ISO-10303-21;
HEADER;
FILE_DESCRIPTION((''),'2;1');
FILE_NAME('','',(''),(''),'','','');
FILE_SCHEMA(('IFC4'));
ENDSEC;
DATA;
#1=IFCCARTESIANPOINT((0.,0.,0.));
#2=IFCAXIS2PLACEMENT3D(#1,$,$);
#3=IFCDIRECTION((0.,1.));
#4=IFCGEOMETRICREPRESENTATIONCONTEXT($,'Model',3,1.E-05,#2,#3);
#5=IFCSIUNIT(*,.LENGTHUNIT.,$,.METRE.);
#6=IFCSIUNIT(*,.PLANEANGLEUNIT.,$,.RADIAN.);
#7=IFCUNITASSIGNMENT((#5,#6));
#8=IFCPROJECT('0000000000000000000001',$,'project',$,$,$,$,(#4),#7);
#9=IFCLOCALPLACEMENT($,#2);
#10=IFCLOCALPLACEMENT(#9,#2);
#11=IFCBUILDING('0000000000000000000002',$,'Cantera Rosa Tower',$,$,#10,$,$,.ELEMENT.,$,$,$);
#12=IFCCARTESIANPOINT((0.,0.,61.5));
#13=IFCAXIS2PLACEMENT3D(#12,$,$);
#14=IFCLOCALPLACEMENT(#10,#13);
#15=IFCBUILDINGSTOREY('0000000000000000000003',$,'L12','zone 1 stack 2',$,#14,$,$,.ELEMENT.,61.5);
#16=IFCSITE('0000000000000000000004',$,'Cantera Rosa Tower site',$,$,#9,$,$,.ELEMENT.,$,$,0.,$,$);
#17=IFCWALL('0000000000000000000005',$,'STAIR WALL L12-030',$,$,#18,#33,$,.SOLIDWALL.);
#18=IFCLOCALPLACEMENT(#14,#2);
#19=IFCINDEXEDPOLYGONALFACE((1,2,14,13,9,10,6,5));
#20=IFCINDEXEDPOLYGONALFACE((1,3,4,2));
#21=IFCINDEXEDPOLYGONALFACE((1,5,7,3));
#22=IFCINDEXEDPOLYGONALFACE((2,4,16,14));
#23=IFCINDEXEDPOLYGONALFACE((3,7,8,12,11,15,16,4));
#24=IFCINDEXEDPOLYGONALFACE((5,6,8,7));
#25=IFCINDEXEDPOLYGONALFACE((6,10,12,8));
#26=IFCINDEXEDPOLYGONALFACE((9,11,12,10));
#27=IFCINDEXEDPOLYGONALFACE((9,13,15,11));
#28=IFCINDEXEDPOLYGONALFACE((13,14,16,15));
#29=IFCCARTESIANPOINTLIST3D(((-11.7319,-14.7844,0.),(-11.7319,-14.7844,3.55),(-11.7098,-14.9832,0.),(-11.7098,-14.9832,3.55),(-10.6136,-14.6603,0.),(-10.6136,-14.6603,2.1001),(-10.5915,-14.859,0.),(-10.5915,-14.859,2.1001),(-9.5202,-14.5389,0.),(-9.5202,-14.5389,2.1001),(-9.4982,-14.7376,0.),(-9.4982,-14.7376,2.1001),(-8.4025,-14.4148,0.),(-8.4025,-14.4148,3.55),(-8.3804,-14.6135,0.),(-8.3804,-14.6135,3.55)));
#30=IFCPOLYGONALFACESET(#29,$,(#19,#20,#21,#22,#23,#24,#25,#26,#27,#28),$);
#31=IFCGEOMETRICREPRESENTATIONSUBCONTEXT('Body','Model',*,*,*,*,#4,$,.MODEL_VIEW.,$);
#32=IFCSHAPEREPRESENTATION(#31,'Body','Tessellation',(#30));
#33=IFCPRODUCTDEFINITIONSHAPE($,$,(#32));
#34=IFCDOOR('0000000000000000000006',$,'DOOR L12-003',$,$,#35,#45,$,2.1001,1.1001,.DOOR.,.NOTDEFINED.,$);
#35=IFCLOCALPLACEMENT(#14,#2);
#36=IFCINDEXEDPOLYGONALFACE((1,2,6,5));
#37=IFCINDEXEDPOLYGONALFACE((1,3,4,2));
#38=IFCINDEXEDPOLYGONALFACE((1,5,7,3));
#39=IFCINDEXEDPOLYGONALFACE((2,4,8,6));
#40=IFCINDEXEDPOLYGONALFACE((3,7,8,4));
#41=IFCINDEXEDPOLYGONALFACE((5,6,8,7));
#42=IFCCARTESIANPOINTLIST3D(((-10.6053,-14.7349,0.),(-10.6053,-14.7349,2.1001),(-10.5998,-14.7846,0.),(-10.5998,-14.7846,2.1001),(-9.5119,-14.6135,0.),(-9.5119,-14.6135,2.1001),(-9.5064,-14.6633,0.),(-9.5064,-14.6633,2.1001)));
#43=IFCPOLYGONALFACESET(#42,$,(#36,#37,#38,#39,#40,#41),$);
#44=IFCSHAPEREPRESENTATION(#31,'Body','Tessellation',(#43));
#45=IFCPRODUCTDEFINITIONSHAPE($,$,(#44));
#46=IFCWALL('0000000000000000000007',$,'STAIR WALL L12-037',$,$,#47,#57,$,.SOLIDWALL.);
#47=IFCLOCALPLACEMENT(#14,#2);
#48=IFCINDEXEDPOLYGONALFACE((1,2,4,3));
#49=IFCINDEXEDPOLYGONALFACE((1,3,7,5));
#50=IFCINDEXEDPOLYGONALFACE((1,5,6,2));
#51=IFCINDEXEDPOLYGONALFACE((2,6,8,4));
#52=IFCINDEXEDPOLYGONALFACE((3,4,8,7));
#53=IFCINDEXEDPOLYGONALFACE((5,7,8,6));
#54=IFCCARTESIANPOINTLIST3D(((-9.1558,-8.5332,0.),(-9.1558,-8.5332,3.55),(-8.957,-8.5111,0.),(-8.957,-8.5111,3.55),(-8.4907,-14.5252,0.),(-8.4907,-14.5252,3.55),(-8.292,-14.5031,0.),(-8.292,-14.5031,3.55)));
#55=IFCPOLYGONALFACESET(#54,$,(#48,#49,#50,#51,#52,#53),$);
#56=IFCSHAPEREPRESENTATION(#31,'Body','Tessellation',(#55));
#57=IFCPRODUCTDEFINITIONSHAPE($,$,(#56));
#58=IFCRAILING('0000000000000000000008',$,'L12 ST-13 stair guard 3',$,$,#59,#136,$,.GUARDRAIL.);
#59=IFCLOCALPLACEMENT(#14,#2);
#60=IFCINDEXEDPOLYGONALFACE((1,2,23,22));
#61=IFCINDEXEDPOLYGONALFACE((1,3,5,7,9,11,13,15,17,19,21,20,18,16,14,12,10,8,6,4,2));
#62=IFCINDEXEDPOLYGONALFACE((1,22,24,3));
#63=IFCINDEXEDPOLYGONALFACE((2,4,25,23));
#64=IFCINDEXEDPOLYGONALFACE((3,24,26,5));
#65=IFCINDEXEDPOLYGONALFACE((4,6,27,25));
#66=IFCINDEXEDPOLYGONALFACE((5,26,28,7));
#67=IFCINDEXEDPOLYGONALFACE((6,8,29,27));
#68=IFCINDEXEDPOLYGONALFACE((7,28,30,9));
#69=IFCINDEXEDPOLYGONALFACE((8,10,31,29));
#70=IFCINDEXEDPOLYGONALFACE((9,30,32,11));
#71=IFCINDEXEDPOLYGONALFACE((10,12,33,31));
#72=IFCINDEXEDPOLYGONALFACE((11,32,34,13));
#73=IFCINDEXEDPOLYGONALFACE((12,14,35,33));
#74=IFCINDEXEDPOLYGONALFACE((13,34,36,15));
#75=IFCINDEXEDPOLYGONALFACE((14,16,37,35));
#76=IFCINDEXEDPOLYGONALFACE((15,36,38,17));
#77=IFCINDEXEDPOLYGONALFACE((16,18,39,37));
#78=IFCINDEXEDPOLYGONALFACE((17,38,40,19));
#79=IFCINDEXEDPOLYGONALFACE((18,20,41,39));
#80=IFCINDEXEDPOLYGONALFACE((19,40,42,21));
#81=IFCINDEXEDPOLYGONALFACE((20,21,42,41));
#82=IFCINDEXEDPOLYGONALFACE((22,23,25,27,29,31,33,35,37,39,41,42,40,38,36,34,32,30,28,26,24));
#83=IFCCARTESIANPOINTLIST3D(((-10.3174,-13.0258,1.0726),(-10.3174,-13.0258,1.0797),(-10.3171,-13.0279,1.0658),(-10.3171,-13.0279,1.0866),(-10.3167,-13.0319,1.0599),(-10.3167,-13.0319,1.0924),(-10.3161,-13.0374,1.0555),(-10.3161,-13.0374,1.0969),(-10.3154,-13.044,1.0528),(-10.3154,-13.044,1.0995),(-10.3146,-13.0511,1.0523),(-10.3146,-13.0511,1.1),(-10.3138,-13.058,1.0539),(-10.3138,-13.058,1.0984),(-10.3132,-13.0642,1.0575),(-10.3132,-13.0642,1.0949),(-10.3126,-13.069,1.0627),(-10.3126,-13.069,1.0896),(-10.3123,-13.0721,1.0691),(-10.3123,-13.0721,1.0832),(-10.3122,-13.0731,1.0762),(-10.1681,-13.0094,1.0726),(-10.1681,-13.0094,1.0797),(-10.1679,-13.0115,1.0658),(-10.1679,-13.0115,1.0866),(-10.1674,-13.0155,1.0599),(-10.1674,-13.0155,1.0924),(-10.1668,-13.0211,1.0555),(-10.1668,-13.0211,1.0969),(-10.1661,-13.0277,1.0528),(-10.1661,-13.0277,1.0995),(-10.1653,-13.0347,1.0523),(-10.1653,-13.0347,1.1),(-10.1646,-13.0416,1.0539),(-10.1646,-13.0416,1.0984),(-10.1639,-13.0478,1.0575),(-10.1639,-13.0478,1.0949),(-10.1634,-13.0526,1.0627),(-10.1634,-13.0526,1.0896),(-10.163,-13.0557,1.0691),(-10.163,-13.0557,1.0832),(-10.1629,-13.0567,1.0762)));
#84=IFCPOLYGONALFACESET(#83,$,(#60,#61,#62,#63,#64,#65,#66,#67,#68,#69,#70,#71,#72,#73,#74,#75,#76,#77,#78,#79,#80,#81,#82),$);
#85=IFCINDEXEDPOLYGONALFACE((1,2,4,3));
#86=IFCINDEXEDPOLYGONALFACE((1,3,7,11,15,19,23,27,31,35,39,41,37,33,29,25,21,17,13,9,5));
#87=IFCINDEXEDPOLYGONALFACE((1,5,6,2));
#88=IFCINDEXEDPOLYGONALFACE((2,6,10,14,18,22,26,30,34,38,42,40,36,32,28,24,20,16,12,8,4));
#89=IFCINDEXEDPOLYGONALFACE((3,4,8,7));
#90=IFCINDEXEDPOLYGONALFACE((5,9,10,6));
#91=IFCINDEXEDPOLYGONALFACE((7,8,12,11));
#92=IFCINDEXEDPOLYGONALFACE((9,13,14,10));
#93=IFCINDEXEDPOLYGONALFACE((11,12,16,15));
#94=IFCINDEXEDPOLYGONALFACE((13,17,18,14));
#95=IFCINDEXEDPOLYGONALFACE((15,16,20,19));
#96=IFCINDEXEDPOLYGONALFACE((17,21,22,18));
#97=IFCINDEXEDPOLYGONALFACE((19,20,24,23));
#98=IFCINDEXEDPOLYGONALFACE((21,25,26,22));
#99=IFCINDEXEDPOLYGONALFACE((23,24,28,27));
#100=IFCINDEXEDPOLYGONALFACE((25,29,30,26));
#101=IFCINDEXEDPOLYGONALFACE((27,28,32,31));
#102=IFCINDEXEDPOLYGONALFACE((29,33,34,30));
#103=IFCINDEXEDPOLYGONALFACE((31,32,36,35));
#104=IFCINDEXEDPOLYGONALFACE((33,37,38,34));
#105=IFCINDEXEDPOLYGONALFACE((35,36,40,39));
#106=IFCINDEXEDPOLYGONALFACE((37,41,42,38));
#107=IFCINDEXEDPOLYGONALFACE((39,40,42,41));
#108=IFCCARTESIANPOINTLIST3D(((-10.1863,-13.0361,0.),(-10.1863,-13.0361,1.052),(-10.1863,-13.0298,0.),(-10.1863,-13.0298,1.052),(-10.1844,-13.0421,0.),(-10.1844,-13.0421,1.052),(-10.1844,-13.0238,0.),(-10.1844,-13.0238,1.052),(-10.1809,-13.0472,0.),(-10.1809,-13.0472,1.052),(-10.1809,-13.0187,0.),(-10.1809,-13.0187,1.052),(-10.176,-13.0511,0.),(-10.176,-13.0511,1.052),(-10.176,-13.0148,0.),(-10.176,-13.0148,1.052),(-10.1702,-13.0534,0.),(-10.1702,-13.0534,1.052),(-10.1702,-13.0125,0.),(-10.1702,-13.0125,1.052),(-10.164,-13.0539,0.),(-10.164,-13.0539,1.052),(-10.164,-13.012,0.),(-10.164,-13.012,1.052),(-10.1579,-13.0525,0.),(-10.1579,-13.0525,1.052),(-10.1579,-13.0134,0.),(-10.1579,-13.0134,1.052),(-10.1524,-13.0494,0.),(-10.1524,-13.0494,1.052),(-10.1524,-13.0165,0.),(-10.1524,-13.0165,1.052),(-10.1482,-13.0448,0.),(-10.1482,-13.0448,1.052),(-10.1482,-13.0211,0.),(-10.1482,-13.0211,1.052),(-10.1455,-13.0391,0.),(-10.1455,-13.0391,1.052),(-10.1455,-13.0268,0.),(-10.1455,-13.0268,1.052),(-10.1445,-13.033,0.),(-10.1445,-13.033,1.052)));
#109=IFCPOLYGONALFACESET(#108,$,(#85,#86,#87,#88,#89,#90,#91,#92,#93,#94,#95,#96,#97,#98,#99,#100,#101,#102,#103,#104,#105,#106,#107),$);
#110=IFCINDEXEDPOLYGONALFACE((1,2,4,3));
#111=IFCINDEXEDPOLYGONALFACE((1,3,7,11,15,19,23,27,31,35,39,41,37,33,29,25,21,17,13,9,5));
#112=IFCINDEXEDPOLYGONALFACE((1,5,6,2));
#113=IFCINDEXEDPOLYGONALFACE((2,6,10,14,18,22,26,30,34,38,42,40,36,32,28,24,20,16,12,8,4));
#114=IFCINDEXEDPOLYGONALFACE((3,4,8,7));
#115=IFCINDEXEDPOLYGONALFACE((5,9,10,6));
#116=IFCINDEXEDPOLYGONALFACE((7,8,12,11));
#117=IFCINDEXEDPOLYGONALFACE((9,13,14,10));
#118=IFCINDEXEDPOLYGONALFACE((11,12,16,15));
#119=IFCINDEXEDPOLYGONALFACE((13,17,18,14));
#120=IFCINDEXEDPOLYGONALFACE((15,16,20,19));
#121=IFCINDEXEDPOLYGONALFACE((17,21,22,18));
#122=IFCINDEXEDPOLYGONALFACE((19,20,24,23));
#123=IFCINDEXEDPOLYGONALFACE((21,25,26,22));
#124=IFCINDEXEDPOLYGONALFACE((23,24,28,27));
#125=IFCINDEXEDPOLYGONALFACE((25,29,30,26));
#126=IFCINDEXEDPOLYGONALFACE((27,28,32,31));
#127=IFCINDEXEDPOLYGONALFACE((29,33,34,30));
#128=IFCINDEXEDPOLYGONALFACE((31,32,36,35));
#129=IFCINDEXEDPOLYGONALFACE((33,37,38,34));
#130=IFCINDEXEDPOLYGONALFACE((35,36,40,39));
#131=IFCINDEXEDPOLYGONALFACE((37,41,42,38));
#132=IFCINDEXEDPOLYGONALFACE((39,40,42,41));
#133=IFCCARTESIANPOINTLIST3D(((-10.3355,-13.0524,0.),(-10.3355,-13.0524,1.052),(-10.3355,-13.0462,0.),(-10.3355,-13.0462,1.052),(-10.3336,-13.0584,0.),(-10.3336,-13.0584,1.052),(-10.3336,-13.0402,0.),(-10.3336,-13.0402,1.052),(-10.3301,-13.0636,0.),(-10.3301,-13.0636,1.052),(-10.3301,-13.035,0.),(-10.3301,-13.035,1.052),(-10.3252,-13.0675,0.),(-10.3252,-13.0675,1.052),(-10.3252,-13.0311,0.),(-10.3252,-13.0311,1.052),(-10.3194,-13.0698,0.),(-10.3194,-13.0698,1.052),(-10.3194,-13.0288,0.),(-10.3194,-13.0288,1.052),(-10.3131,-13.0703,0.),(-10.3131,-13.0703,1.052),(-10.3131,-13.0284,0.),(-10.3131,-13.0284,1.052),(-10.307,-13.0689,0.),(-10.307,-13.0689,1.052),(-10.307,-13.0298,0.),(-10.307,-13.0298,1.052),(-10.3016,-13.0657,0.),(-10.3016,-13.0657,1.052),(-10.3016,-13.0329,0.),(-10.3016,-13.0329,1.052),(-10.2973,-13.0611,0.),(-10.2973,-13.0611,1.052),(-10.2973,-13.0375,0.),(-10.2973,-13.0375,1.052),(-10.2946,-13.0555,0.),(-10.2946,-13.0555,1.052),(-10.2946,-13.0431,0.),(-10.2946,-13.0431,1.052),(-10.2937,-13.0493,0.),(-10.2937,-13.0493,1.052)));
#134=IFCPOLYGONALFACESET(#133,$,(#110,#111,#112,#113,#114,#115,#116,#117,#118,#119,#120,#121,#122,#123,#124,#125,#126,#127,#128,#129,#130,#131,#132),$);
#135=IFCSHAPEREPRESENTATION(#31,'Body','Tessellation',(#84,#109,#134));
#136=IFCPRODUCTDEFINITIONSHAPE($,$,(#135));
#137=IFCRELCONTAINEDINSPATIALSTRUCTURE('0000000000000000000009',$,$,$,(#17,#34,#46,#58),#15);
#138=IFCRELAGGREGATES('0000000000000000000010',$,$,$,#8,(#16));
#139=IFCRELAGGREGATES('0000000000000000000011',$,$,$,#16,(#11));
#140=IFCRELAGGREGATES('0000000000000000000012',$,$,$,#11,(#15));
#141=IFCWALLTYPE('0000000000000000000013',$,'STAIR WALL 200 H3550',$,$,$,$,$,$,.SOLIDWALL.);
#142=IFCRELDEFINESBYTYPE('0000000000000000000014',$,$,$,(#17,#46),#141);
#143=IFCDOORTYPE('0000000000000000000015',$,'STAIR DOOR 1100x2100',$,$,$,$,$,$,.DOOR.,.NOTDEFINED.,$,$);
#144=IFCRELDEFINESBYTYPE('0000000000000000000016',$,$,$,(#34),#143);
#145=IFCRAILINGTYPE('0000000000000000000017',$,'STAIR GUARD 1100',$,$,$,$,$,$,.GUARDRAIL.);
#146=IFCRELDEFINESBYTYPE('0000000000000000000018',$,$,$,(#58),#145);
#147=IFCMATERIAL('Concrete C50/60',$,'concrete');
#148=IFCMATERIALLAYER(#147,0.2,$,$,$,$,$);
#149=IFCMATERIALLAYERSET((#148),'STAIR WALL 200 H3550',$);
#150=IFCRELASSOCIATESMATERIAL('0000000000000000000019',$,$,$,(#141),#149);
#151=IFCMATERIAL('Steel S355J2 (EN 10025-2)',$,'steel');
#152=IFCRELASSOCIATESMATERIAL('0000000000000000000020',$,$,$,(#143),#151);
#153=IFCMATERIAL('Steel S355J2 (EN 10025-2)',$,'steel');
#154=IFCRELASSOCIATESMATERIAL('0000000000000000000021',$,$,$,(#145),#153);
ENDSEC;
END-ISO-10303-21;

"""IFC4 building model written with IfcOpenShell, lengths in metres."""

from ifc_helpers import new_model, si_unit, direction, frame, frame_2d, origin, origin_2d, place, context, subcontext, project, spatial, rectangle, circle, extrude, material, layer, layer_set, type_object, element, fill, save


model = new_model("IFC4")

# Units and contexts
model_context = context("Model", 3, precision=1e-05, world=origin(), true_north=direction((0.0, 1.0)))
body_context = subcontext(model_context, "Body", "Model", "MODEL_VIEW")
ifc_project = project(units=[si_unit("LENGTHUNIT", "METRE"), si_unit("PLANEANGLEUNIT", "RADIAN")], contexts=[model_context])

# Site, building, storey
site_placement = place(None, origin())
site = spatial("IfcSite", under=ifc_project, at=site_placement, Name="Cantera Rosa Tower site", CompositionType="ELEMENT", RefElevation=0.0)
building_placement = place(site_placement, origin())
building = spatial("IfcBuilding", under=site, at=building_placement, Name="Cantera Rosa Tower", CompositionType="ELEMENT")
storey_placement = place(building_placement, frame((0.0, 0.0, 61.5)))
storey = spatial("IfcBuildingStorey", under=building, at=storey_placement, Name="L12", Description="zone 1 stack 2", CompositionType="ELEMENT", Elevation=61.5)

# Wall, opening, door
ifc_material_1 = material(Name="Concrete C50/60", Category="concrete")
ifc_layer_1 = layer(ifc_material_1, 0.2)
ifc_layer_set_1 = layer_set([ifc_layer_1], Name="STAIR WALL 200 H3550")
wall_type_1 = type_object("IfcWallType", Name="STAIR WALL 200 H3550", PredefinedType="SOLIDWALL", material=ifc_layer_set_1)
wall_1_placement = place(storey_placement, frame((-11.7207, -14.8838, 0.0), z_axis=(0.0, 0.0, 1.0), x_axis=(0.993894, 0.110344, 0.0)))
wall_1 = element("IfcWall", 1, at=wall_1_placement, inside=storey, type_object=wall_type_1, Name="STAIR WALL L12-030", PredefinedType="SOLIDWALL", context=body_context, shape_type="SweptSolid", body=[
    extrude(rectangle(XDim=3.3499, YDim=0.2, at=frame_2d((1.6748, 0.0))), origin(), (0.0, 0.0, 1.0), 3.55),
])
opening_1_placement = place(wall_1_placement, frame((1.125, 0.0, 0.0)))
opening_1 = element("IfcOpeningElement", 2, at=opening_1_placement, cuts=wall_1, PredefinedType="OPENING", context=body_context, shape_type="SweptSolid", body=[
    extrude(rectangle(XDim=1.1001, YDim=2.1001, at=frame_2d((0.55, 1.05))), frame((0.0, 0.1099, 0.0), z_axis=(0.0, -1.0, 0.0), x_axis=(1.0, 0.0, 0.0)), (0.0, 0.0, 1.0), 0.22),
])
ifc_material_2 = material(Name="Steel S355J2 (EN 10025-2)", Category="steel")
door_type_1 = type_object("IfcDoorType", Name="STAIR DOOR 1100x2100", OperationType="NOTDEFINED", PredefinedType="DOOR", material=ifc_material_2)
door_1_placement = place(opening_1_placement, origin())
door_1 = element("IfcDoor", 3, at=door_1_placement, inside=storey, type_object=door_type_1, Name="DOOR L12-003", OperationType="NOTDEFINED", OverallHeight=2.1001, OverallWidth=1.1001, PredefinedType="DOOR", context=body_context, shape_type="SweptSolid", body=[
    extrude(rectangle(XDim=1.1001, YDim=2.1001, at=frame_2d((0.55, 1.05))), frame((0.0, 0.0249, 0.0), z_axis=(0.0, -1.0, 0.0), x_axis=(1.0, 0.0, 0.0)), (0.0, 0.0, 1.0), 0.05),
])
fill(opening_1, door_1)

# Wall
wall_2_placement = place(storey_placement, frame((-8.3914, -14.5142, 0.0), z_axis=(0.0, 0.0, 1.0), x_axis=(-0.110312, 0.993897, 0.0)))
element("IfcWall", 4, at=wall_2_placement, inside=storey, type_object=wall_type_1, Name="STAIR WALL L12-037", PredefinedType="SOLIDWALL", context=body_context, shape_type="SweptSolid", body=[
    extrude(rectangle(XDim=6.0288, YDim=0.2, at=frame_2d((3.0144, 0.0))), origin(), (0.0, 0.0, 1.0), 3.55),
])

# Railing
ifc_material_3 = material(Name="Steel S355J2 (EN 10025-2)", Category="steel")
railing_type = type_object("IfcRailingType", Name="STAIR GUARD 1100", PredefinedType="GUARDRAIL", material=ifc_material_3)
railing_1_placement = place(storey_placement, frame((-10.1655, -13.033, 0.0)))
element("IfcRailing", 5, at=railing_1_placement, inside=storey, type_object=railing_type, Name="L12 ST-13 stair guard 3", PredefinedType="GUARDRAIL", context=body_context, shape_type="SweptSolid", body=[
    extrude(circle(Radius=0.0239, at=origin_2d()), frame((0.0, 0.0, 1.0762), z_axis=(-0.994041, -0.109003, 0.0), x_axis=(0.109003, -0.994041, 0.0)), (0.0, 0.0, 1.0), 0.1501),
    extrude(circle(Radius=0.021, at=origin_2d()), origin(), (0.0, 0.0, 1.0), 1.052),
    extrude(circle(Radius=0.021, at=origin_2d()), frame((-0.1492, -0.0164, 0.0)), (0.0, 0.0, 1.0), 1.052),
])

save(model, "model.ifc")
